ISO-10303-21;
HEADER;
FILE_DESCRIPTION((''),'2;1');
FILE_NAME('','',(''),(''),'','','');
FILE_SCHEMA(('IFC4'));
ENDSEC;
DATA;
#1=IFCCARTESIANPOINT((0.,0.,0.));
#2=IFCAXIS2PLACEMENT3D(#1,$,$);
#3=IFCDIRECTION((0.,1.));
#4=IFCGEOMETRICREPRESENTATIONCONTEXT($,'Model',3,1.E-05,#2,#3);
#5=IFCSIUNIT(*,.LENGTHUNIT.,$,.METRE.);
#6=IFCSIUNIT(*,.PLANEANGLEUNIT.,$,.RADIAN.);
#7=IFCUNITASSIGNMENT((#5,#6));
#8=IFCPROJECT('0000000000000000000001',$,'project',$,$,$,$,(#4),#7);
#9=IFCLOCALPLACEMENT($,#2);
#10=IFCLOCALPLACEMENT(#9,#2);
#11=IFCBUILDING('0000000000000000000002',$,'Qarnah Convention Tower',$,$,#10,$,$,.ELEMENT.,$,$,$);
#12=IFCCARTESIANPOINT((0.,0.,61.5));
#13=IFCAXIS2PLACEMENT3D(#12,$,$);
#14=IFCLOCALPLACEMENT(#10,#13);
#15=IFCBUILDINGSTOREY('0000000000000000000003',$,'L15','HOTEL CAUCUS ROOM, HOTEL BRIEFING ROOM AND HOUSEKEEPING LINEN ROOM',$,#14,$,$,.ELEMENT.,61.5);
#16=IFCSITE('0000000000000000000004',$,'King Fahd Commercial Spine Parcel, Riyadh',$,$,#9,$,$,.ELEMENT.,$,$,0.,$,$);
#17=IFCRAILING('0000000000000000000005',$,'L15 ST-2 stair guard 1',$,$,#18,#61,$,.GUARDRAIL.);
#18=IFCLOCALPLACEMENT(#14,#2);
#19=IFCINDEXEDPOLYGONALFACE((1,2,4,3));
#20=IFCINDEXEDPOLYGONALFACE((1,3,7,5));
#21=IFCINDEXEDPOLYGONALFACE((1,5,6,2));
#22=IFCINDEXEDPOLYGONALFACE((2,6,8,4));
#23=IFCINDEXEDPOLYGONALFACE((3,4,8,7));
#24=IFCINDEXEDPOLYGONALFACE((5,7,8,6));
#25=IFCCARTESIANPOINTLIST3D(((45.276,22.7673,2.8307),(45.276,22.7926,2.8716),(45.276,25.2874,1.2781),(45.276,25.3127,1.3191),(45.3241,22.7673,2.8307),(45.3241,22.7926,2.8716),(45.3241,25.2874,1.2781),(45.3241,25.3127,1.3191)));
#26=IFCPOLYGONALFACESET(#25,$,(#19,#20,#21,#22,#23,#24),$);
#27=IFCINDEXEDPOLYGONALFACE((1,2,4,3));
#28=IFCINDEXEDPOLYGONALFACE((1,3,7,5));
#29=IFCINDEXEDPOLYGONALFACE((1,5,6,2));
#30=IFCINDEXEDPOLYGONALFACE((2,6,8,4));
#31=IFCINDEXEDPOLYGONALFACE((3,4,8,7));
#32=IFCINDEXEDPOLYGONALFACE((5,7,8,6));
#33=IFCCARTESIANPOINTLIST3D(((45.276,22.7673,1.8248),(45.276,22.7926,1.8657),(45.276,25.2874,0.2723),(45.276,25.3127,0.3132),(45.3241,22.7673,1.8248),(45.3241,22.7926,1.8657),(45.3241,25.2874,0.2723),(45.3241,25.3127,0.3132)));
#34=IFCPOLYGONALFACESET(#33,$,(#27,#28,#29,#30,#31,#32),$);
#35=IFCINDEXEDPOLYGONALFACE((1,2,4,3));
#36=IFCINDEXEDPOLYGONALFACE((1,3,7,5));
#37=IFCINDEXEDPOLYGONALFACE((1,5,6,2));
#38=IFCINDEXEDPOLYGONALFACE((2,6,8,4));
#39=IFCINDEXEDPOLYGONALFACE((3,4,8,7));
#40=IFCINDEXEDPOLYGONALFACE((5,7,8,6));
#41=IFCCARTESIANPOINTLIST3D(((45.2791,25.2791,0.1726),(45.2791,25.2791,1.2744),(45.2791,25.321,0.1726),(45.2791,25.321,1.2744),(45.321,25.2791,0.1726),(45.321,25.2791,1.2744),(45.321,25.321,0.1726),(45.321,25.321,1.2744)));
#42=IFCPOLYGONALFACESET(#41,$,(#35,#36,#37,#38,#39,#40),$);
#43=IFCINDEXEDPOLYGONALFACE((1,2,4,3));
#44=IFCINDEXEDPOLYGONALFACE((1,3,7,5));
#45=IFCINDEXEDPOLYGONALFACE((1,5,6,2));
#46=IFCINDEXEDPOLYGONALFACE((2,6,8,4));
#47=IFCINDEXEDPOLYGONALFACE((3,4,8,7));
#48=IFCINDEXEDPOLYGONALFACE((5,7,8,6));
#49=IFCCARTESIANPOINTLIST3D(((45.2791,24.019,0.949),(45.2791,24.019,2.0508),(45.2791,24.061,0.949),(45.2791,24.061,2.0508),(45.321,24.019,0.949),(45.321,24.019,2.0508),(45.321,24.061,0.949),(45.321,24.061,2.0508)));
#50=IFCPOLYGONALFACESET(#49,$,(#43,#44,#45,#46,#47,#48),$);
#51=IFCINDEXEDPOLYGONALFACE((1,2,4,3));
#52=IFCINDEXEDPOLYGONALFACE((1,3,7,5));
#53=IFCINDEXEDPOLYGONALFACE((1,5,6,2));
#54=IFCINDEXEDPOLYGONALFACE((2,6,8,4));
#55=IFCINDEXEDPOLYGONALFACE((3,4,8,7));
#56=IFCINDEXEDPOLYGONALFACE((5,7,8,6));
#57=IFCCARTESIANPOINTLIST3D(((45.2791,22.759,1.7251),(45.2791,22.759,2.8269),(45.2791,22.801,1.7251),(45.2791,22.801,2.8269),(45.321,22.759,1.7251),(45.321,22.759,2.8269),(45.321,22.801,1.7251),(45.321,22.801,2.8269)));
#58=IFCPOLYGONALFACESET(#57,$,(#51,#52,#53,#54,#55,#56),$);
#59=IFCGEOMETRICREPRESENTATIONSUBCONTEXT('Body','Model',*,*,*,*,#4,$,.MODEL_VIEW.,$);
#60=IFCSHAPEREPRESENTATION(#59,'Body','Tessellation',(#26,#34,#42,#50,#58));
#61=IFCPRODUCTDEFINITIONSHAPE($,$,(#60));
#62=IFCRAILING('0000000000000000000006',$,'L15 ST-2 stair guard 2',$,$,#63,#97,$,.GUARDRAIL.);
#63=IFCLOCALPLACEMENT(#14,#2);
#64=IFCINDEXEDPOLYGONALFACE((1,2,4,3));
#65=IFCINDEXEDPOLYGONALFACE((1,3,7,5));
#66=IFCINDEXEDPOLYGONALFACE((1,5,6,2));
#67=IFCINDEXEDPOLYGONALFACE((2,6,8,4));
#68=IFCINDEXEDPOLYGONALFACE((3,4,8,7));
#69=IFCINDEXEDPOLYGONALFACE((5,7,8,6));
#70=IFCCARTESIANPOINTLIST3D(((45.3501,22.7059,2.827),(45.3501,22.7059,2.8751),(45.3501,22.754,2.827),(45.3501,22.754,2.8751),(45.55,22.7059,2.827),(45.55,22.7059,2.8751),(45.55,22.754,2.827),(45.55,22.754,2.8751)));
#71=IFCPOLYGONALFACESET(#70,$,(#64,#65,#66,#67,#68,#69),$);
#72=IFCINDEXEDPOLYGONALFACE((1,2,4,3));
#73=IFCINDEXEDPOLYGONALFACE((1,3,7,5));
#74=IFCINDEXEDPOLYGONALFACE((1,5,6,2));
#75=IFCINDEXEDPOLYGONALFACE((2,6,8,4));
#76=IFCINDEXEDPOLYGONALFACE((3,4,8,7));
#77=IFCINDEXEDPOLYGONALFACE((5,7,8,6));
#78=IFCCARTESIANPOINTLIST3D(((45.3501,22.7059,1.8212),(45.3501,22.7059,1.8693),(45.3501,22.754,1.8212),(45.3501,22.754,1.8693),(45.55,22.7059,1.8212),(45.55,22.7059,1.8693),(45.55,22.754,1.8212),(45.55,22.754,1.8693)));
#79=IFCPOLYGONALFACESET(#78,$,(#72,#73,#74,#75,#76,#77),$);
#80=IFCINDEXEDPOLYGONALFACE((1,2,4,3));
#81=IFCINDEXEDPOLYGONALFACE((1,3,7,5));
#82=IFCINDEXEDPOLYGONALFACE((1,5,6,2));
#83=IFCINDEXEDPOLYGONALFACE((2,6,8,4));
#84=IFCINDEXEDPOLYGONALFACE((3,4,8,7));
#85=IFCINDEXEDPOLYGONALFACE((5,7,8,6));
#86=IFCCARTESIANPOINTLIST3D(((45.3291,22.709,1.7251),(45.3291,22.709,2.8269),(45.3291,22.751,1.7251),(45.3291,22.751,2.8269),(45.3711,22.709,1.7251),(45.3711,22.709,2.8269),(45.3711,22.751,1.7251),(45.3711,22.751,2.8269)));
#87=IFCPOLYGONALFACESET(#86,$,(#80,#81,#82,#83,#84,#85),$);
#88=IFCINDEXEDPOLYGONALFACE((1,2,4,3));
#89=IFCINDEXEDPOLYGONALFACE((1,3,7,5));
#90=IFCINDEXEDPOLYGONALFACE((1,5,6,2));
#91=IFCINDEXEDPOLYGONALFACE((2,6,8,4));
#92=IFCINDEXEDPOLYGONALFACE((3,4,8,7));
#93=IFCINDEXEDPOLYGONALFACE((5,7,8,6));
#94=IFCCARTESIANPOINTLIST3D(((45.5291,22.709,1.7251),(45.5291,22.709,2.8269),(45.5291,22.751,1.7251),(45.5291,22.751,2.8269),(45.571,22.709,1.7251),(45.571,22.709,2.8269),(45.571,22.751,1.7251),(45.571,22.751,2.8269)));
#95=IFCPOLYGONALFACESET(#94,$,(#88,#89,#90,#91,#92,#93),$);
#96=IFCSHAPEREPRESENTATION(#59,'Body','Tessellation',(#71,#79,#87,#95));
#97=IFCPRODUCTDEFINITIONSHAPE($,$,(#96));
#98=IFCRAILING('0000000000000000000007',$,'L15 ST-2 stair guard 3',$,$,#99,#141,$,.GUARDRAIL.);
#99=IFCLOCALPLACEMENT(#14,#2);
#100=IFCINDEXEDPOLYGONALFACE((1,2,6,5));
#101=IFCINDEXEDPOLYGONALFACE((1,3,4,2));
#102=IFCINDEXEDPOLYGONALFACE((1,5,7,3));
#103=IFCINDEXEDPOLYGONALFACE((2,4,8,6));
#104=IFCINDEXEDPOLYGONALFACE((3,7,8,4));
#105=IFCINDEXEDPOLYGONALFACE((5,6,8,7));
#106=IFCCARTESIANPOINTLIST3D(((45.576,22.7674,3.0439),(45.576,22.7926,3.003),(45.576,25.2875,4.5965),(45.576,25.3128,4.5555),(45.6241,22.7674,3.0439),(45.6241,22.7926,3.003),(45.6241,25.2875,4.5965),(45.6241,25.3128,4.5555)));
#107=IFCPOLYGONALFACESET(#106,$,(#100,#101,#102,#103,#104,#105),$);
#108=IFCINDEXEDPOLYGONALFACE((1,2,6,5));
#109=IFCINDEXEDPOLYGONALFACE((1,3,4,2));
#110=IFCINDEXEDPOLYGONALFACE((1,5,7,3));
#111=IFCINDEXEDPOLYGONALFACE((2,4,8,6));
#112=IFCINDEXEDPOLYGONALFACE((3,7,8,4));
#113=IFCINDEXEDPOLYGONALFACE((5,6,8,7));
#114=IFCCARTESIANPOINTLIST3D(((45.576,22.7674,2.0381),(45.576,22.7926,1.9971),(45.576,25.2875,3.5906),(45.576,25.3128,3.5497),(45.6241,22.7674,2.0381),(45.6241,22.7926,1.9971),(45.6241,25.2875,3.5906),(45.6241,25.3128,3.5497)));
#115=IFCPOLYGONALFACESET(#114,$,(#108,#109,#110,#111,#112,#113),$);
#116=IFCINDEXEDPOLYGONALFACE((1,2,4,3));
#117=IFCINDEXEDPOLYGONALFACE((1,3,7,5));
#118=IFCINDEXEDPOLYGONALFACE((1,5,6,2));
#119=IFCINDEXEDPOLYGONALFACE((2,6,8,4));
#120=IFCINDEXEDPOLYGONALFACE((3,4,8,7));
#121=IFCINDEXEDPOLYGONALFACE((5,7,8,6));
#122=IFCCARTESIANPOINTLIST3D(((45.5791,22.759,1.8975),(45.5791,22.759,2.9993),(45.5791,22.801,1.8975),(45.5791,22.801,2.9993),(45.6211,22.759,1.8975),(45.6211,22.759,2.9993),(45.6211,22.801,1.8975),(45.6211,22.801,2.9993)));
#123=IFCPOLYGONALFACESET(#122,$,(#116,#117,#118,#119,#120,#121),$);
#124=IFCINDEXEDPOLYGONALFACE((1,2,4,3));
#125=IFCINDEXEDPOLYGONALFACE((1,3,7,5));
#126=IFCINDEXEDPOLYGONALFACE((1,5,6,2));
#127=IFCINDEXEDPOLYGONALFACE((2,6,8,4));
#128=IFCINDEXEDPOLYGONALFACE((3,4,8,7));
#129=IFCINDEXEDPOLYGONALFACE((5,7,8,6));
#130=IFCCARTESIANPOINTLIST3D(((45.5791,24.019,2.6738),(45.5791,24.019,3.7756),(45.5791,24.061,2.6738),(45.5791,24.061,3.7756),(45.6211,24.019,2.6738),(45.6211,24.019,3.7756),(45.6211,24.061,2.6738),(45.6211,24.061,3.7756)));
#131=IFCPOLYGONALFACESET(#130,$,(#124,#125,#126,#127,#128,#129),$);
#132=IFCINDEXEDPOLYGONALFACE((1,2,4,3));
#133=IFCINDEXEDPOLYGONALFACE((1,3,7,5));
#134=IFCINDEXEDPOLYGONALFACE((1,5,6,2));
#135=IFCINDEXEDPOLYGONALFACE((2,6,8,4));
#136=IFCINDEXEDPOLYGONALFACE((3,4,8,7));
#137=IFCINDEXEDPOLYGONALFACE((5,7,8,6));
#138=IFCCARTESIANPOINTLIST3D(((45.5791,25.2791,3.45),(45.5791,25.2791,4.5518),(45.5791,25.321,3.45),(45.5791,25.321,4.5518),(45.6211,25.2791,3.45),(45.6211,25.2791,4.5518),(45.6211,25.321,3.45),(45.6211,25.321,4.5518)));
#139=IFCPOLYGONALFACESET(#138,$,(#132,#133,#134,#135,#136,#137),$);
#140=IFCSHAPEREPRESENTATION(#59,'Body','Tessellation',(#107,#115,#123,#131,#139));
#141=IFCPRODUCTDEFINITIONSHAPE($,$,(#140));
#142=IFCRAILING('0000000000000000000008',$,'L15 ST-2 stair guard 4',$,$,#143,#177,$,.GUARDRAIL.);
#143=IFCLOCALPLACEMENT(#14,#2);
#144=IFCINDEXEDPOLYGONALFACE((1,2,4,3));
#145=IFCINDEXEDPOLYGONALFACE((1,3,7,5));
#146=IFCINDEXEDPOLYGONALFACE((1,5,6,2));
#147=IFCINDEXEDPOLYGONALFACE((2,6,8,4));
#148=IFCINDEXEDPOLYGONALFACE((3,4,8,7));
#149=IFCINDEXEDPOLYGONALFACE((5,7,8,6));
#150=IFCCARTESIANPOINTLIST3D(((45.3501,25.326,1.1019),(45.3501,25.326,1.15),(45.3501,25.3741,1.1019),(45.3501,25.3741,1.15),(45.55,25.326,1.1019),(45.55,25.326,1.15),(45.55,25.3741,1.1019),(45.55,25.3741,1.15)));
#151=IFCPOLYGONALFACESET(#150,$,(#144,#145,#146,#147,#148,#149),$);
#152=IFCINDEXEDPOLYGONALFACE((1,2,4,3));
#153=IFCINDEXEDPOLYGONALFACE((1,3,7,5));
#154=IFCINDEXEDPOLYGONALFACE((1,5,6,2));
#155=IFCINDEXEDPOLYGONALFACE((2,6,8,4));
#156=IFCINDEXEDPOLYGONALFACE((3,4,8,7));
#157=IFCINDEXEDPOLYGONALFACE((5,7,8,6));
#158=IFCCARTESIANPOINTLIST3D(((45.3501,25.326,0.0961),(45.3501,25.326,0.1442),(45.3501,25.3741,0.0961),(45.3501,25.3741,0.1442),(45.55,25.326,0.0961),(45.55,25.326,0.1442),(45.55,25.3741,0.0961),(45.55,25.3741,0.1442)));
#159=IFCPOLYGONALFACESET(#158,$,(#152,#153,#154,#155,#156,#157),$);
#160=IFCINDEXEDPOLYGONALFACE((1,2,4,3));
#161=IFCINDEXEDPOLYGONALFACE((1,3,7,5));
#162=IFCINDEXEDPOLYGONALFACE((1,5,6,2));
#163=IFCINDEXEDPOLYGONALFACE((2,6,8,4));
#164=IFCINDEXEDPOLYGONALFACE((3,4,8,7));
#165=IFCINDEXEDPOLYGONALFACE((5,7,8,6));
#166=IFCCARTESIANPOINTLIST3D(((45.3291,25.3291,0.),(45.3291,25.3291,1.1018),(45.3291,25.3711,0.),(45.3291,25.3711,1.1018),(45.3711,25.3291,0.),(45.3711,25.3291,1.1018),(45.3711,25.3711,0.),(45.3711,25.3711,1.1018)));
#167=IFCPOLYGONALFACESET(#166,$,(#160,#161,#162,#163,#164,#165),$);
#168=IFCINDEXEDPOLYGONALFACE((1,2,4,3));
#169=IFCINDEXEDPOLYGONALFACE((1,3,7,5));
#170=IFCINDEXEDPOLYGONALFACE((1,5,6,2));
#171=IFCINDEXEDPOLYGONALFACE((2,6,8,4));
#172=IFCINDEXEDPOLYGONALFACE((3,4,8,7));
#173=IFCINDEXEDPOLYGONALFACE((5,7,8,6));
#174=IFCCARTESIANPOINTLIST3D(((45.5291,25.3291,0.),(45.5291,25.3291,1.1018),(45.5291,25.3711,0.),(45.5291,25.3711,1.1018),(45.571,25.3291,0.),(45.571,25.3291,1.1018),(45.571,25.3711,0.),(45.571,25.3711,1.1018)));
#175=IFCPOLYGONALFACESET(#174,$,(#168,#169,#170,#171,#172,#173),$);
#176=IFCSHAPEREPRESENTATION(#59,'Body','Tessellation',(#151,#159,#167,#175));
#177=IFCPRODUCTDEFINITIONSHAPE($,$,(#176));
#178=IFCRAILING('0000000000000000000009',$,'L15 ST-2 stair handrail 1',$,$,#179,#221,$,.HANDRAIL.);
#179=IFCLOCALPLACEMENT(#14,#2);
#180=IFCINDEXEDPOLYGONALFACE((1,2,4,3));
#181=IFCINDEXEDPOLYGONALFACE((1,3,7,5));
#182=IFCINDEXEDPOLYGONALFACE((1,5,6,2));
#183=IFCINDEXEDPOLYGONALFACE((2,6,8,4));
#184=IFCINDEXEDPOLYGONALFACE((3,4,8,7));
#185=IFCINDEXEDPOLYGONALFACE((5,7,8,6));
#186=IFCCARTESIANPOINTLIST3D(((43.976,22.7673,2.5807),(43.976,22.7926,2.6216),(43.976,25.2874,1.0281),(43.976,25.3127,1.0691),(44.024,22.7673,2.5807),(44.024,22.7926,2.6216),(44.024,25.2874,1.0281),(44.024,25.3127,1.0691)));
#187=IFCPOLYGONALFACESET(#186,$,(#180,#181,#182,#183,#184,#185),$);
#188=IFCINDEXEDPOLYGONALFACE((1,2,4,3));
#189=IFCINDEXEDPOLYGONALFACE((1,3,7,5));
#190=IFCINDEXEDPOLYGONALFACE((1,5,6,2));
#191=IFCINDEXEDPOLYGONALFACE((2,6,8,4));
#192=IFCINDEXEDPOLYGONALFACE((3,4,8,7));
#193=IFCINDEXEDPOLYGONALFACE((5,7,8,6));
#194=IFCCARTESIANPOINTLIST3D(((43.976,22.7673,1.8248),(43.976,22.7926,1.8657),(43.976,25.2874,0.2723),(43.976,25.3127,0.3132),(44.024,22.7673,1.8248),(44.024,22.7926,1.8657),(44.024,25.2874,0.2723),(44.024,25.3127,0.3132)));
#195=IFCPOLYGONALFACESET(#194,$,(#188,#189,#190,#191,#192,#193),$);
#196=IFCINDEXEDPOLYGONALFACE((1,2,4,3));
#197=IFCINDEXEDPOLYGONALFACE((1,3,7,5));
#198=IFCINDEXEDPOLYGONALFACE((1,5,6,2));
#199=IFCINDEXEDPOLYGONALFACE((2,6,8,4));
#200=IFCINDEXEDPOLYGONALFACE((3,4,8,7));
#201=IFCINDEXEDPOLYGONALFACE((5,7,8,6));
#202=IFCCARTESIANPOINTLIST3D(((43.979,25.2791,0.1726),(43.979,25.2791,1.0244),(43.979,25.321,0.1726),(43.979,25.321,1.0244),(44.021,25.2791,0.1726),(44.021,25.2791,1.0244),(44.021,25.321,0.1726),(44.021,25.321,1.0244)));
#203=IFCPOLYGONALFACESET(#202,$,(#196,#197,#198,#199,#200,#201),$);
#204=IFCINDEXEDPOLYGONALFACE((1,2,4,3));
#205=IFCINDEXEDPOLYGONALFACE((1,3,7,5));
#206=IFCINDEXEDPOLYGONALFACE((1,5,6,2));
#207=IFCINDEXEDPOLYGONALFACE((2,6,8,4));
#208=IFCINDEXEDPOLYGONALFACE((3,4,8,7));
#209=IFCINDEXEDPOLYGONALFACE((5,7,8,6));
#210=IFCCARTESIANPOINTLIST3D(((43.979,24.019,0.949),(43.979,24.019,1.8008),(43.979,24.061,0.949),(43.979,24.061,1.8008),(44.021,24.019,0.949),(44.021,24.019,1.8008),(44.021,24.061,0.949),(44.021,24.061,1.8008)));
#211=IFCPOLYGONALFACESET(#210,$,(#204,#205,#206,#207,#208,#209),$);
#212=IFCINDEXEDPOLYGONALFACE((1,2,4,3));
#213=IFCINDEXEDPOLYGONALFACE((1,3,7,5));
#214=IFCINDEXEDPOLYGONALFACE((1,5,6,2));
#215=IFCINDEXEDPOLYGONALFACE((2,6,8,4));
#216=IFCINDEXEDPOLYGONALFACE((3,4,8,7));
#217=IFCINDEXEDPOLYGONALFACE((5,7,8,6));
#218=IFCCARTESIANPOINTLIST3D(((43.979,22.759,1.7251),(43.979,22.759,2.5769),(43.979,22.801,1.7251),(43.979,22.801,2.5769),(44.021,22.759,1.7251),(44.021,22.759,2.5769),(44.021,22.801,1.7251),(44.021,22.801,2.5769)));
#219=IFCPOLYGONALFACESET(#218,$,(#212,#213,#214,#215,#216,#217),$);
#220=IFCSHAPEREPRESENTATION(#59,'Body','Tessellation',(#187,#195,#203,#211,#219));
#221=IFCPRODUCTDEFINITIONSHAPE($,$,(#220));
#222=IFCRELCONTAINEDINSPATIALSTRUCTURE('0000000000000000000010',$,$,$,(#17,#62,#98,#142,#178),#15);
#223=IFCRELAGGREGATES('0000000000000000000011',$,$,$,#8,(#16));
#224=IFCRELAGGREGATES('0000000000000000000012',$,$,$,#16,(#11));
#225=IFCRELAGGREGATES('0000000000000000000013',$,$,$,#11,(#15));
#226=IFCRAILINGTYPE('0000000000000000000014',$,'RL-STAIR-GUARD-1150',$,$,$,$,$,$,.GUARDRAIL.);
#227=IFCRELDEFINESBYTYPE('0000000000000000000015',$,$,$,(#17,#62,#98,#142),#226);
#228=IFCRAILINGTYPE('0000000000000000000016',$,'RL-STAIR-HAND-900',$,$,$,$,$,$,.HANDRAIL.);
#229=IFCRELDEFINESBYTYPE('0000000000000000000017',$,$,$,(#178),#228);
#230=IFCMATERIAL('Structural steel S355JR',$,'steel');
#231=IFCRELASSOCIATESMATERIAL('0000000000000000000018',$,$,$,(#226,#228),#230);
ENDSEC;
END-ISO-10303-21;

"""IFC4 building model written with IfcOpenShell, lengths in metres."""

from ifc_helpers import new_model, si_unit, direction, frame, origin, origin_2d, place, context, subcontext, project, spatial, rectangle, extrude, material, type_object, element, save


model = new_model("IFC4")

# Units and contexts
model_context = context("Model", 3, precision=1e-05, world=origin(), true_north=direction((0.0, 1.0)))
body_context = subcontext(model_context, "Body", "Model", "MODEL_VIEW")
ifc_project = project(units=[si_unit("LENGTHUNIT", "METRE"), si_unit("PLANEANGLEUNIT", "RADIAN")], contexts=[model_context])

# Site, building, storey
site_placement = place(None, origin())
site = spatial("IfcSite", under=ifc_project, at=site_placement, Name="King Fahd Commercial Spine Parcel, Riyadh", CompositionType="ELEMENT", RefElevation=0.0)
building_placement = place(site_placement, origin())
building = spatial("IfcBuilding", under=site, at=building_placement, Name="Qarnah Convention Tower", CompositionType="ELEMENT")
storey_placement = place(building_placement, frame((0.0, 0.0, 61.5)))
storey = spatial("IfcBuildingStorey", under=building, at=storey_placement, Name="L15", Description="HOTEL CAUCUS ROOM, HOTEL BRIEFING ROOM AND HOUSEKEEPING LINEN ROOM", CompositionType="ELEMENT", Elevation=61.5)

# Shared definitions
ifc_material_1 = material(Name="Structural steel S355JR", Category="steel")

# Railings
railing_type_1 = type_object("IfcRailingType", Name="RL-STAIR-GUARD-1150", PredefinedType="GUARDRAIL", material=ifc_material_1)
railing_1_placement = place(storey_placement, frame((45.3, 25.3, 0.1726)))
element("IfcRailing", 1, at=railing_1_placement, inside=storey, type_object=railing_type_1, Name="L15 ST-2 stair guard 1", PredefinedType="GUARDRAIL", context=body_context, shape_type="SweptSolid", body=[
    extrude(rectangle(XDim=0.0481, YDim=0.0481, at=origin_2d()), frame((0.0, 0.0, 1.126), z_axis=(0.0, -0.8514, 0.524516), x_axis=(1.0, 0.0, 0.0)), (0.0, 0.0, 1.0), 2.96),
    extrude(rectangle(XDim=0.0481, YDim=0.0481, at=origin_2d()), frame((0.0, 0.0, 0.1201), z_axis=(0.0, -0.8514, 0.524516), x_axis=(1.0, 0.0, 0.0)), (0.0, 0.0, 1.0), 2.96),
    extrude(rectangle(XDim=0.042, YDim=0.042, at=origin_2d()), origin(), (0.0, 0.0, 1.0), 1.1018),
    extrude(rectangle(XDim=0.042, YDim=0.042, at=origin_2d()), frame((0.0, -1.26, 0.7764)), (0.0, 0.0, 1.0), 1.1018),
    extrude(rectangle(XDim=0.042, YDim=0.042, at=origin_2d()), frame((0.0, -2.52, 1.5525)), (0.0, 0.0, 1.0), 1.1018),
])
railing_2_placement = place(storey_placement, frame((45.3501, 22.73, 1.7251)))
element("IfcRailing", 2, at=railing_2_placement, inside=storey, type_object=railing_type_1, Name="L15 ST-2 stair guard 2", PredefinedType="GUARDRAIL", context=body_context, shape_type="SweptSolid", body=[
    extrude(rectangle(XDim=0.0481, YDim=0.0481, at=origin_2d()), frame((0.0, 0.0, 1.126), z_axis=(1.0, 0.0, 0.0), x_axis=(0.0, 1.0, 0.0)), (0.0, 0.0, 1.0), 0.2),
    extrude(rectangle(XDim=0.0481, YDim=0.0481, at=origin_2d()), frame((0.0, 0.0, 0.1201), z_axis=(1.0, 0.0, 0.0), x_axis=(0.0, 1.0, 0.0)), (0.0, 0.0, 1.0), 0.2),
    extrude(rectangle(XDim=0.042, YDim=0.042, at=origin_2d()), origin(), (0.0, 0.0, 1.0), 1.1018),
    extrude(rectangle(XDim=0.042, YDim=0.042, at=origin_2d()), frame((0.2, 0.0, 0.0)), (0.0, 0.0, 1.0), 1.1018),
])
railing_3_placement = place(storey_placement, frame((45.6001, 22.78, 1.8975)))
element("IfcRailing", 3, at=railing_3_placement, inside=storey, type_object=railing_type_1, Name="L15 ST-2 stair guard 3", PredefinedType="GUARDRAIL", context=body_context, shape_type="SweptSolid", body=[
    extrude(rectangle(XDim=0.0481, YDim=0.0481, at=origin_2d()), frame((0.0, 0.0, 1.126), z_axis=(0.0, 0.8514, 0.524516), x_axis=(-1.0, 0.0, 0.0)), (0.0, 0.0, 1.0), 2.96),
    extrude(rectangle(XDim=0.0481, YDim=0.0481, at=origin_2d()), frame((0.0, 0.0, 0.1201), z_axis=(0.0, 0.8514, 0.524516), x_axis=(-1.0, 0.0, 0.0)), (0.0, 0.0, 1.0), 2.96),
    extrude(rectangle(XDim=0.042, YDim=0.042, at=origin_2d()), origin(), (0.0, 0.0, 1.0), 1.1018),
    extrude(rectangle(XDim=0.042, YDim=0.042, at=origin_2d()), frame((0.0, 1.26, 0.7764)), (0.0, 0.0, 1.0), 1.1018),
    extrude(rectangle(XDim=0.042, YDim=0.042, at=origin_2d()), frame((0.0, 2.52, 1.5525)), (0.0, 0.0, 1.0), 1.1018),
])
railing_4_placement = place(storey_placement, frame((45.3501, 25.3501, 0.0)))
element("IfcRailing", 4, at=railing_4_placement, inside=storey, type_object=railing_type_1, Name="L15 ST-2 stair guard 4", PredefinedType="GUARDRAIL", context=body_context, shape_type="SweptSolid", body=[
    extrude(rectangle(XDim=0.0481, YDim=0.0481, at=origin_2d()), frame((0.0, 0.0, 1.126), z_axis=(1.0, 0.0, 0.0), x_axis=(0.0, 1.0, 0.0)), (0.0, 0.0, 1.0), 0.2),
    extrude(rectangle(XDim=0.0481, YDim=0.0481, at=origin_2d()), frame((0.0, 0.0, 0.1201), z_axis=(1.0, 0.0, 0.0), x_axis=(0.0, 1.0, 0.0)), (0.0, 0.0, 1.0), 0.2),
    extrude(rectangle(XDim=0.042, YDim=0.042, at=origin_2d()), origin(), (0.0, 0.0, 1.0), 1.1018),
    extrude(rectangle(XDim=0.042, YDim=0.042, at=origin_2d()), frame((0.2, 0.0, 0.0)), (0.0, 0.0, 1.0), 1.1018),
])
railing_type_2 = type_object("IfcRailingType", Name="RL-STAIR-HAND-900", PredefinedType="HANDRAIL", material=ifc_material_1)
railing_5_placement = place(storey_placement, frame((44.0, 25.3, 0.1726)))
element("IfcRailing", 5, at=railing_5_placement, inside=storey, type_object=railing_type_2, Name="L15 ST-2 stair handrail 1", PredefinedType="HANDRAIL", context=body_context, shape_type="SweptSolid", body=[
    extrude(rectangle(XDim=0.0481, YDim=0.0481, at=origin_2d()), frame((0.0, 0.0, 0.876), z_axis=(0.0, -0.8514, 0.524516), x_axis=(1.0, 0.0, 0.0)), (0.0, 0.0, 1.0), 2.96),
    extrude(rectangle(XDim=0.0481, YDim=0.0481, at=origin_2d()), frame((0.0, 0.0, 0.1201), z_axis=(0.0, -0.8514, 0.524516), x_axis=(1.0, 0.0, 0.0)), (0.0, 0.0, 1.0), 2.96),
    extrude(rectangle(XDim=0.042, YDim=0.042, at=origin_2d()), origin(), (0.0, 0.0, 1.0), 0.8518),
    extrude(rectangle(XDim=0.042, YDim=0.042, at=origin_2d()), frame((0.0, -1.26, 0.7764)), (0.0, 0.0, 1.0), 0.8518),
    extrude(rectangle(XDim=0.042, YDim=0.042, at=origin_2d()), frame((0.0, -2.52, 1.5525)), (0.0, 0.0, 1.0), 0.8518),
])

save(model, "model.ifc")
